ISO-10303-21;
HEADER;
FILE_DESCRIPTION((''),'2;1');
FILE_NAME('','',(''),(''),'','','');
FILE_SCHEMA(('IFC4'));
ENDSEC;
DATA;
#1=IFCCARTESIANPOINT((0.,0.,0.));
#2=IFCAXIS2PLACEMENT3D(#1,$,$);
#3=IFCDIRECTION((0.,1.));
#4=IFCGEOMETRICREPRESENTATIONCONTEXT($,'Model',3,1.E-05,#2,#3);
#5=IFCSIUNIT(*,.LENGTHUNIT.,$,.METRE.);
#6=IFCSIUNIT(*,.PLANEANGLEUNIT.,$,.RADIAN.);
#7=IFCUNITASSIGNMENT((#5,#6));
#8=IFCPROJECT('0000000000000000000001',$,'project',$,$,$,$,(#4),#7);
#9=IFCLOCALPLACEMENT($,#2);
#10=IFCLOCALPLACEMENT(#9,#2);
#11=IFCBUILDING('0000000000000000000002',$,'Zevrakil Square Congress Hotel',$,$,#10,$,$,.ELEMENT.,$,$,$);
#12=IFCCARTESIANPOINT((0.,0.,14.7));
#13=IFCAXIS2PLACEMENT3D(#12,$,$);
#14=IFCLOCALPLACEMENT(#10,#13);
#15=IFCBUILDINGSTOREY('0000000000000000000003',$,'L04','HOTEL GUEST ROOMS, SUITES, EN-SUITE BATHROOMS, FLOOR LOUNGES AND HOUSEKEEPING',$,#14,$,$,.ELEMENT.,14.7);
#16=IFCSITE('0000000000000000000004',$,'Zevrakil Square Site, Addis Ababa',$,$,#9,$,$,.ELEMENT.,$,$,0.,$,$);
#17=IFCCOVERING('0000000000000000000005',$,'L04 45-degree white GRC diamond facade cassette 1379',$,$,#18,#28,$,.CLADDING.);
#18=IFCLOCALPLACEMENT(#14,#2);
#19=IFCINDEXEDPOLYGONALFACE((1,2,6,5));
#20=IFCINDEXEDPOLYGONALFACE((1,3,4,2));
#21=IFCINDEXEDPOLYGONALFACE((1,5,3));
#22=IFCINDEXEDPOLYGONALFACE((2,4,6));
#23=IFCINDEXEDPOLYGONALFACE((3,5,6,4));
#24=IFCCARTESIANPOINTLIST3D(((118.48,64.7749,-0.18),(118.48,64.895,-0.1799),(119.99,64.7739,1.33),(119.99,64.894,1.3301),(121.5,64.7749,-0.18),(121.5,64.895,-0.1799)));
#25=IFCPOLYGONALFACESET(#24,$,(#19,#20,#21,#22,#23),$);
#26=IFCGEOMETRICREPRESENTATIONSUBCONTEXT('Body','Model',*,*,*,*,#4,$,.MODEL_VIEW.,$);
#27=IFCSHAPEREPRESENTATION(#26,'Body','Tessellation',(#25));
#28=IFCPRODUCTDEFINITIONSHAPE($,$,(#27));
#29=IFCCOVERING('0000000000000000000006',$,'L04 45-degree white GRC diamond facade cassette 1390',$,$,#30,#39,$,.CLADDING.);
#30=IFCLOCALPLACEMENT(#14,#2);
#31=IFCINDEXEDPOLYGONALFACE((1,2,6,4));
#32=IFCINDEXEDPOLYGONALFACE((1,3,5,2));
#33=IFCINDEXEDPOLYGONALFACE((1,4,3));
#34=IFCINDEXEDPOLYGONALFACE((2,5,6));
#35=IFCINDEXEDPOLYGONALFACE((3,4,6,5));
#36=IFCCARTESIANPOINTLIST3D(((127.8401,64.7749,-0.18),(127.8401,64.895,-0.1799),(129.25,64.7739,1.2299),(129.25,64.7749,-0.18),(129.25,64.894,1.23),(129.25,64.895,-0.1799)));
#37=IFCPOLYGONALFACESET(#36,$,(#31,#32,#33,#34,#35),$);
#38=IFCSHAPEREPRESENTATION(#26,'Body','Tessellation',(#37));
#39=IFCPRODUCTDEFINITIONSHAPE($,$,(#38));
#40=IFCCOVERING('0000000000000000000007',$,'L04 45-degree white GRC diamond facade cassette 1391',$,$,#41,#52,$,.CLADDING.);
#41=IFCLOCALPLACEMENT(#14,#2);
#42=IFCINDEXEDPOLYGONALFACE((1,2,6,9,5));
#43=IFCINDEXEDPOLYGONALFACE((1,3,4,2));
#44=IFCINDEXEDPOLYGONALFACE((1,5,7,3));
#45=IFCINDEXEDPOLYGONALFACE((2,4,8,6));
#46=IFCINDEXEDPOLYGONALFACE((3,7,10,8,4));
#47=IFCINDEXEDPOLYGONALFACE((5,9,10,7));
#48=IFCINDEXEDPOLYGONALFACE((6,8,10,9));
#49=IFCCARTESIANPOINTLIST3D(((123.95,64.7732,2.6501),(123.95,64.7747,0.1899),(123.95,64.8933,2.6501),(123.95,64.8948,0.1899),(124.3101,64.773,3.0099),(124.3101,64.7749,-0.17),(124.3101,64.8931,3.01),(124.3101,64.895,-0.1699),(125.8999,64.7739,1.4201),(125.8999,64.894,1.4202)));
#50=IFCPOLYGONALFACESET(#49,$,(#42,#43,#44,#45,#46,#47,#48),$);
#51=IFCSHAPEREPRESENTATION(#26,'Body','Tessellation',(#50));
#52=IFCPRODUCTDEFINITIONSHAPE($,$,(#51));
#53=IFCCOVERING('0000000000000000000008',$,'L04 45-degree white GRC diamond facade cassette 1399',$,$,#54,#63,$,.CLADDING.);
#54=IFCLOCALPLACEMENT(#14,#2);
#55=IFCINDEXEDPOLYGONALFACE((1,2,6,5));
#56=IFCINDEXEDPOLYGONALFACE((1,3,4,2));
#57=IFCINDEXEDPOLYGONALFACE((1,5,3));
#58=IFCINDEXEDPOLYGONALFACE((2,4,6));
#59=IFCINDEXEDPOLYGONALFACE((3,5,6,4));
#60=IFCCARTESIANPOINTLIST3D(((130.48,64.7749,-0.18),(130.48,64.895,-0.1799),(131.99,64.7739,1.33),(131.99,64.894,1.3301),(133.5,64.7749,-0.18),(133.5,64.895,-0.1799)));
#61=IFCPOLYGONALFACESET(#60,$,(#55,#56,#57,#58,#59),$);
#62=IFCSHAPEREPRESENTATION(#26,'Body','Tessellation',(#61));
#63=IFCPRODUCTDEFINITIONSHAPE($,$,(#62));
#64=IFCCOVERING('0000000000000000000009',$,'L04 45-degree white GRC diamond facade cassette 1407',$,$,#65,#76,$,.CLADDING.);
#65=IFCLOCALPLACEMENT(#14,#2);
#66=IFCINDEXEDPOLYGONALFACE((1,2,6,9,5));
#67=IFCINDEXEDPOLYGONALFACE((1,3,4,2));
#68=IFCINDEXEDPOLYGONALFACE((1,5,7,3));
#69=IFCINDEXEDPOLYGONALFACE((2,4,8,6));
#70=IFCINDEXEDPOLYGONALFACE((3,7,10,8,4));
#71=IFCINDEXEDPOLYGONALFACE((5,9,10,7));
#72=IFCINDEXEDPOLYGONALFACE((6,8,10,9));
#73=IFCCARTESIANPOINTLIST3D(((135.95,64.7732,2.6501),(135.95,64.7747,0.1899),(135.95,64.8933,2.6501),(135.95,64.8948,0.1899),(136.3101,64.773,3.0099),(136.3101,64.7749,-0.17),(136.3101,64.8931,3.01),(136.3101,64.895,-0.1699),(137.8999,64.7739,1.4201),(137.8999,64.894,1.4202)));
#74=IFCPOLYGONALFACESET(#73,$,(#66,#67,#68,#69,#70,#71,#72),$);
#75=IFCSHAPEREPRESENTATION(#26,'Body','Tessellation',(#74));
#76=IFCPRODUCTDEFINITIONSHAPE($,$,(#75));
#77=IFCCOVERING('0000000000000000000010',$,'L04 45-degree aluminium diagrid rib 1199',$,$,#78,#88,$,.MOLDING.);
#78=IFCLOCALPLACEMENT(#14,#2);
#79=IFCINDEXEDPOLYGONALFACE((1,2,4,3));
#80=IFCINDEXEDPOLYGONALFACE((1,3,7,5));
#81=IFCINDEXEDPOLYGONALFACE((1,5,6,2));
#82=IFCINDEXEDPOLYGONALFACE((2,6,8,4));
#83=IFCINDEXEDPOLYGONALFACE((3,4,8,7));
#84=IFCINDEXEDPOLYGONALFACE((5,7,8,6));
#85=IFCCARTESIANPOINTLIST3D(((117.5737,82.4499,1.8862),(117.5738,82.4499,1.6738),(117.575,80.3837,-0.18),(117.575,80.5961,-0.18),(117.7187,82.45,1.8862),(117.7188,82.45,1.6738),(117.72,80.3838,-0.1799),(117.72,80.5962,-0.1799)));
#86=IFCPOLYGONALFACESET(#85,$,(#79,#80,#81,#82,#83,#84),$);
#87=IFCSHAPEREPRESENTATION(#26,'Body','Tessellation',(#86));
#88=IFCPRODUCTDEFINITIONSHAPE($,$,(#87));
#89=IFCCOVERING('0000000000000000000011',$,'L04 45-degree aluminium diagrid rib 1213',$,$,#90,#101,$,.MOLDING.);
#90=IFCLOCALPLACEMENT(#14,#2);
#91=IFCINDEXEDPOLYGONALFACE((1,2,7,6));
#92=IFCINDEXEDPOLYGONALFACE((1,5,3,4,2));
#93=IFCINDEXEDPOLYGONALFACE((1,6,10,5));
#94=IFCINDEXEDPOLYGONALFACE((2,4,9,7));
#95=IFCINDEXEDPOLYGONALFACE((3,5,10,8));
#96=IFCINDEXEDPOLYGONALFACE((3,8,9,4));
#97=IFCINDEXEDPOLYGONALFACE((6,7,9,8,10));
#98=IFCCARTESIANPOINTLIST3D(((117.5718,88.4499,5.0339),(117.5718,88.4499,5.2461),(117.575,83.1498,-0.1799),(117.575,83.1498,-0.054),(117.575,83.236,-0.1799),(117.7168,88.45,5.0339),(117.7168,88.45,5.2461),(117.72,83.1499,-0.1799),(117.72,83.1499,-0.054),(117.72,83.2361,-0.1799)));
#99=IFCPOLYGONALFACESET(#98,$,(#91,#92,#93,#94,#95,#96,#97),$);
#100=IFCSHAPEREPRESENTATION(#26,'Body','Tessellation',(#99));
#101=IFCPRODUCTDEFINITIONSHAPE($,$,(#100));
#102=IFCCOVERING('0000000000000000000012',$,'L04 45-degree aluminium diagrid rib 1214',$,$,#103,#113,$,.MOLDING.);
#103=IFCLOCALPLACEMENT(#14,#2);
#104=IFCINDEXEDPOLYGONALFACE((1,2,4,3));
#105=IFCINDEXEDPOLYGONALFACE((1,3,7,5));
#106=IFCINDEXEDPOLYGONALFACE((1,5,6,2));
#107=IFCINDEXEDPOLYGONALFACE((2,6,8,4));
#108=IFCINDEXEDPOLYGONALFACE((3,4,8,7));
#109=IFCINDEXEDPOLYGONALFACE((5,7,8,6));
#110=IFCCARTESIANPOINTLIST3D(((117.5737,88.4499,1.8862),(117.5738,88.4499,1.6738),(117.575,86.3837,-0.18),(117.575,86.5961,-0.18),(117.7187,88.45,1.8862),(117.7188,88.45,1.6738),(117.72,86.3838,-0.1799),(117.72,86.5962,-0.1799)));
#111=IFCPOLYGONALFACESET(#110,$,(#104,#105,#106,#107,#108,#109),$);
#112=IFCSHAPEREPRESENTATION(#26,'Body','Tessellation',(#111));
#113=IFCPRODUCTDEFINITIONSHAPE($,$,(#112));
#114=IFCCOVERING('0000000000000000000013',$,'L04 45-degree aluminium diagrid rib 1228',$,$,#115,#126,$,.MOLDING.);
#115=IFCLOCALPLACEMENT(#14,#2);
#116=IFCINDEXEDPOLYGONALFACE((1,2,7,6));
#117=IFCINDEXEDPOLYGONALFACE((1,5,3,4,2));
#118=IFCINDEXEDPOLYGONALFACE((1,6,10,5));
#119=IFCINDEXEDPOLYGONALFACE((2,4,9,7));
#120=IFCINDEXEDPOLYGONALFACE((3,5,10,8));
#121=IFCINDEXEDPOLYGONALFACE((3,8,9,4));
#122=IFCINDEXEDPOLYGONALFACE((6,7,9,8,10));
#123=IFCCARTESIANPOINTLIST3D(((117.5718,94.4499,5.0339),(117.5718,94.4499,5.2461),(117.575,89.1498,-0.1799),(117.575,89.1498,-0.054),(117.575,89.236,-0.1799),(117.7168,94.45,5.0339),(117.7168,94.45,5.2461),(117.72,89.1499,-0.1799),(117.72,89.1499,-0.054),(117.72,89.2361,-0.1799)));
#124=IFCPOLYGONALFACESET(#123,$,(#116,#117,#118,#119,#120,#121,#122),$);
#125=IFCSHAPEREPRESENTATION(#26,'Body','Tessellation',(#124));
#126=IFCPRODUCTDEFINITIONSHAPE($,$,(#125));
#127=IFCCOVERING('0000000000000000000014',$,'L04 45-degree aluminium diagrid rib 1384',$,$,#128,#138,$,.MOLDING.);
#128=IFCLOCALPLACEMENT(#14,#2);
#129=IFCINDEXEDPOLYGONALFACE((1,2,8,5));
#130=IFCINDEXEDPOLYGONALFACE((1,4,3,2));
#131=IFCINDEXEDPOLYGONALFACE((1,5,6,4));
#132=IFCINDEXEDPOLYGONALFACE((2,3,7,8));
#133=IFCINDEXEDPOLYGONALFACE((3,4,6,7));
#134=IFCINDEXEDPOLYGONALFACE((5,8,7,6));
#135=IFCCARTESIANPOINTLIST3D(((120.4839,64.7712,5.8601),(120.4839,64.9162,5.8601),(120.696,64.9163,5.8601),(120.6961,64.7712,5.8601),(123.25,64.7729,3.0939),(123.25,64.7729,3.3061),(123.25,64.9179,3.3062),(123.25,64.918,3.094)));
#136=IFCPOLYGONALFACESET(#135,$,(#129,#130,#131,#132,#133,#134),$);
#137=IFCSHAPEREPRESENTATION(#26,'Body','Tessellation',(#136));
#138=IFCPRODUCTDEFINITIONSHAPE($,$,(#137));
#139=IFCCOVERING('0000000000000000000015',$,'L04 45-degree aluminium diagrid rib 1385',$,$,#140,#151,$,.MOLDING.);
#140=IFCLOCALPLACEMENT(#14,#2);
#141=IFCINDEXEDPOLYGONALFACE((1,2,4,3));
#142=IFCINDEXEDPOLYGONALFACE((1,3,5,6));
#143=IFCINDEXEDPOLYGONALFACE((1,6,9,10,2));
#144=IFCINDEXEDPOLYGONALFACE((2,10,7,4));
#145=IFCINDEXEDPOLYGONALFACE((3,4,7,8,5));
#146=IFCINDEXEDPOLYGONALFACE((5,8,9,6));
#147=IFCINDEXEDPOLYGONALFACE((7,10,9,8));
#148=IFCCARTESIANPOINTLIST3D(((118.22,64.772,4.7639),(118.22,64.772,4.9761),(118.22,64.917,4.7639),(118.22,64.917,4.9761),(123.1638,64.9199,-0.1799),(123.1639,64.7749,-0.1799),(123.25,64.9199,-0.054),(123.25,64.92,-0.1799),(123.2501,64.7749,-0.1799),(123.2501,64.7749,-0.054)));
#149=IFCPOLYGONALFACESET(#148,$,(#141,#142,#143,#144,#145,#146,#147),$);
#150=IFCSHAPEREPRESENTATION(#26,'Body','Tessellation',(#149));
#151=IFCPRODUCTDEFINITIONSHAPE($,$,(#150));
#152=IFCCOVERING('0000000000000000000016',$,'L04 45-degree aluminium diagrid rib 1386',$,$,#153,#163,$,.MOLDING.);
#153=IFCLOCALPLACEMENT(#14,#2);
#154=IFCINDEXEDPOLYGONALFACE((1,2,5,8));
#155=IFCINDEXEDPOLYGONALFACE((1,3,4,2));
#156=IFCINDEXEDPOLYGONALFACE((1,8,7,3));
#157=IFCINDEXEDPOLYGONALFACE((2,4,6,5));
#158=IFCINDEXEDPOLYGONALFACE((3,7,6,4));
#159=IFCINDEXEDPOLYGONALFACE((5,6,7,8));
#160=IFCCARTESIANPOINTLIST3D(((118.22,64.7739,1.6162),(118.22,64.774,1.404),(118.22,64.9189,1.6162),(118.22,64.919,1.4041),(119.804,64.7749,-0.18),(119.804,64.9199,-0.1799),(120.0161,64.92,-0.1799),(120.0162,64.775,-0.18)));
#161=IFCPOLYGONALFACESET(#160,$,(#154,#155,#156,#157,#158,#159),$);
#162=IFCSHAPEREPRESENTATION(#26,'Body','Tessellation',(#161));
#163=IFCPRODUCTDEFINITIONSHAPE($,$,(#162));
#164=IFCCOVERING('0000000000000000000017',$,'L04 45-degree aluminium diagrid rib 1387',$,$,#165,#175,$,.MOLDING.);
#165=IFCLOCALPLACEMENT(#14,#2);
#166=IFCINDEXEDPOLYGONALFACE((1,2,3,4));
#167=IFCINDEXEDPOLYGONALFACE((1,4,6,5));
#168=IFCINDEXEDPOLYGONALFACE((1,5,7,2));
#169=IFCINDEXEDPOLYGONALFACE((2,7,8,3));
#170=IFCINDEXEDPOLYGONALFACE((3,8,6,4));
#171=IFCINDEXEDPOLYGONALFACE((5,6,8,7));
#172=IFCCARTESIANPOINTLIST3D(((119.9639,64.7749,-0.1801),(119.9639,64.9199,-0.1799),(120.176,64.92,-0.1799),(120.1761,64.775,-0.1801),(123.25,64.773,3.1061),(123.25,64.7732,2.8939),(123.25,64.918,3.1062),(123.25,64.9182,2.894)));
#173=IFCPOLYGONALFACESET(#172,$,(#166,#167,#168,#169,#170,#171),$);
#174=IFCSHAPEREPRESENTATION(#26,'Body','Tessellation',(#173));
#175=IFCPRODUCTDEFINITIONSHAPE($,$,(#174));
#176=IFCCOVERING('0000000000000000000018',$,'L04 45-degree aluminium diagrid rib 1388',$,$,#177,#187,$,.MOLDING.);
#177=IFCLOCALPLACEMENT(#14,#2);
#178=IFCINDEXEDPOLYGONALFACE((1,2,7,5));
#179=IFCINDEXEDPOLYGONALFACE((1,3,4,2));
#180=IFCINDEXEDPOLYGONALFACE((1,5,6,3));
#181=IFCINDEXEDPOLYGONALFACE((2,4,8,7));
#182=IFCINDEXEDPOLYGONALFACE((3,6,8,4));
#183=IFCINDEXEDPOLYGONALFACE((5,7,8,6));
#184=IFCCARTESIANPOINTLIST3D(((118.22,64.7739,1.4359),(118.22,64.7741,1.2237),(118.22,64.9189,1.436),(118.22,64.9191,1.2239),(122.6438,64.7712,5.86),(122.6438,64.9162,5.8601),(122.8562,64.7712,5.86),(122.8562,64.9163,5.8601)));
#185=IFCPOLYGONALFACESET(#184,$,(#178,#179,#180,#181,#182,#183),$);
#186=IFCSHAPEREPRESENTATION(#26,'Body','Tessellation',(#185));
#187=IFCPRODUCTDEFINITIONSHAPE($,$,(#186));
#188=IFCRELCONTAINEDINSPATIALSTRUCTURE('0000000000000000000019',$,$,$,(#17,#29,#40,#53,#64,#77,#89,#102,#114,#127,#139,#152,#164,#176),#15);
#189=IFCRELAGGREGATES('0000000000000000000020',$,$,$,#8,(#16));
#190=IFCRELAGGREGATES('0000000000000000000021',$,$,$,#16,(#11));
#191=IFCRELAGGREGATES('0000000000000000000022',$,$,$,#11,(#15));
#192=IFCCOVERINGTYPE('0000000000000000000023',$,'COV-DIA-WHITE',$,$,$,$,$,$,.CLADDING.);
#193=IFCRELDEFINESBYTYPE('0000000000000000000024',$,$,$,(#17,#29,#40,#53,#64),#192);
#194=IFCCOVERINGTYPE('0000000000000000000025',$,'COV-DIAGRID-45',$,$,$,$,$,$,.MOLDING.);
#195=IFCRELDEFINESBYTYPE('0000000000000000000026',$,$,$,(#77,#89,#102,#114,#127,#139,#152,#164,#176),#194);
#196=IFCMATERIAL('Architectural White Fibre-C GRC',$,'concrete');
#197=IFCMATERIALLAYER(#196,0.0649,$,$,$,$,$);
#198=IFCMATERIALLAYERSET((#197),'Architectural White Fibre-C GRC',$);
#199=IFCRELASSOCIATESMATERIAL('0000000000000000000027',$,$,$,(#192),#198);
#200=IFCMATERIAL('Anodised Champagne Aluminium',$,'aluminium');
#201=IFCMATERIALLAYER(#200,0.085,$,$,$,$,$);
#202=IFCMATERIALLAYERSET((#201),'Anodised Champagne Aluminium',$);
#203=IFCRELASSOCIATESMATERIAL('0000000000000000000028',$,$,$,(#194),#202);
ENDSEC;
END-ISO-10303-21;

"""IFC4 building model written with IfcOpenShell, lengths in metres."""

from ifc_helpers import new_model, si_unit, direction, frame, origin, place, context, subcontext, project, spatial, polyline, outline, extrude, material, layer, layer_set, type_object, element, save


model = new_model("IFC4")

# Units and contexts
model_context = context("Model", 3, precision=1e-05, world=origin(), true_north=direction((0.0, 1.0)))
body_context = subcontext(model_context, "Body", "Model", "MODEL_VIEW")
ifc_project = project(units=[si_unit("LENGTHUNIT", "METRE"), si_unit("PLANEANGLEUNIT", "RADIAN")], contexts=[model_context])

# Site, building, storey
site_placement = place(None, origin())
site = spatial("IfcSite", under=ifc_project, at=site_placement, Name="Zevrakil Square Site, Addis Ababa", CompositionType="ELEMENT", RefElevation=0.0)
building_placement = place(site_placement, origin())
building = spatial("IfcBuilding", under=site, at=building_placement, Name="Zevrakil Square Congress Hotel", CompositionType="ELEMENT")
storey_placement = place(building_placement, frame((0.0, 0.0, 14.7)))
storey = spatial("IfcBuildingStorey", under=building, at=storey_placement, Name="L04", Description="HOTEL GUEST ROOMS, SUITES, EN-SUITE BATHROOMS, FLOOR LOUNGES AND HOUSEKEEPING", CompositionType="ELEMENT", Elevation=14.7)

# Coverings
ifc_material_1 = material(Name="Architectural White Fibre-C GRC", Category="concrete")
ifc_layer_1 = layer(ifc_material_1, 0.0649)
ifc_layer_set_1 = layer_set([ifc_layer_1], Name="Architectural White Fibre-C GRC")
covering_type_1 = type_object("IfcCoveringType", Name="COV-DIA-WHITE", PredefinedType="CLADDING", material=ifc_layer_set_1)
covering_1_placement = place(storey_placement, frame((119.99, 64.894, 1.3301), z_axis=(0.0, 1.0, 0.000647), x_axis=(-0.707107, 0.000457, -0.707107)))
element("IfcCovering", 1, at=covering_1_placement, inside=storey, type_object=covering_type_1, Name="L04 45-degree white GRC diamond facade cassette 1379", PredefinedType="CLADDING", context=body_context, shape_type="SweptSolid", body=[
    extrude(outline(polyline([(0.0, 0.0), (2.1355, 0.0), (0.0, -2.1355), (0.0, 0.0)])), origin(), (0.0, 0.0, -1.0), 0.1201),
])
covering_2_placement = place(storey_placement, frame((127.8401, 64.895, -0.1799), z_axis=(0.0, 1.0, 0.000693), x_axis=(1.0, 0.0, 0.0)))
element("IfcCovering", 2, at=covering_2_placement, inside=storey, type_object=covering_type_1, Name="L04 45-degree white GRC diamond facade cassette 1390", PredefinedType="CLADDING", context=body_context, shape_type="SweptSolid", body=[
    extrude(outline(polyline([(0.0, 0.0), (1.4099, 0.0), (1.4099, -1.4099), (0.0, 0.0)])), origin(), (0.0, 0.0, -1.0), 0.1201),
])
covering_3_placement = place(storey_placement, frame((124.3101, 64.895, -0.1699), z_axis=(0.0, 1.0, 0.000612), x_axis=(0.707052, -0.000433, 0.707161)))
element("IfcCovering", 3, at=covering_3_placement, inside=storey, type_object=covering_type_1, Name="L04 45-degree white GRC diamond facade cassette 1391", PredefinedType="CLADDING", context=body_context, shape_type="SweptSolid", body=[
    extrude(outline(polyline([(0.0, 0.0), (2.2486, 0.0), (2.2487, -2.2484), (1.7396, -2.2486), (-0.0001, -0.5091), (0.0, 0.0)])), origin(), (0.0, 0.0, -1.0), 0.1201),
])
covering_4_placement = place(storey_placement, frame((131.99, 64.894, 1.3301), z_axis=(0.0, 1.0, 0.000647), x_axis=(-0.707107, 0.000457, -0.707107)))
element("IfcCovering", 4, at=covering_4_placement, inside=storey, type_object=covering_type_1, Name="L04 45-degree white GRC diamond facade cassette 1399", PredefinedType="CLADDING", context=body_context, shape_type="SweptSolid", body=[
    extrude(outline(polyline([(0.0, 0.0), (2.1355, 0.0), (0.0, -2.1355), (0.0, 0.0)])), origin(), (0.0, 0.0, -1.0), 0.1201),
])
covering_5_placement = place(storey_placement, frame((136.3101, 64.895, -0.1699), z_axis=(0.0, 1.0, 0.000612), x_axis=(0.707052, -0.000433, 0.707161)))
element("IfcCovering", 5, at=covering_5_placement, inside=storey, type_object=covering_type_1, Name="L04 45-degree white GRC diamond facade cassette 1407", PredefinedType="CLADDING", context=body_context, shape_type="SweptSolid", body=[
    extrude(outline(polyline([(0.0, 0.0), (2.2486, 0.0), (2.2487, -2.2484), (1.7396, -2.2486), (-0.0001, -0.5091), (0.0, 0.0)])), origin(), (0.0, 0.0, -1.0), 0.1201),
])
ifc_material_2 = material(Name="Anodised Champagne Aluminium", Category="aluminium")
ifc_layer_2 = layer(ifc_material_2, 0.085)
ifc_layer_set_2 = layer_set([ifc_layer_2], Name="Anodised Champagne Aluminium")
covering_type_2 = type_object("IfcCoveringType", Name="COV-DIAGRID-45", PredefinedType="MOLDING", material=ifc_layer_set_2)
covering_6_placement = place(storey_placement, frame((117.72, 80.5962, -0.1799), z_axis=(1.0, 0.000311, 0.000311), x_axis=(0.000311, -1.0, 0.0)))
element("IfcCovering", 6, at=covering_6_placement, inside=storey, type_object=covering_type_2, Name="L04 45-degree aluminium diagrid rib 1199", PredefinedType="MOLDING", context=body_context, shape_type="SweptSolid", body=[
    extrude(outline(polyline([(0.0, 0.0), (0.2124, 0.0), (-1.8538, -2.0662), (-1.8538, -1.8538), (0.0, 0.0)])), origin(), (0.0, 0.0, -1.0), 0.145),
])
covering_7_placement = place(storey_placement, frame((117.72, 83.2361, -0.1799), z_axis=(1.0, 0.000479, 0.000122), x_axis=(0.000479, -1.0, 0.0)))
element("IfcCovering", 7, at=covering_7_placement, inside=storey, type_object=covering_type_2, Name="L04 45-degree aluminium diagrid rib 1213", PredefinedType="MOLDING", context=body_context, shape_type="SweptSolid", body=[
    extrude(outline(polyline([(0.0, 0.0), (0.0862, 0.0), (0.0862, -0.126), (-5.2139, -5.426), (-5.2139, -5.2139), (0.0, 0.0)])), origin(), (0.0, 0.0, -1.0), 0.145),
])
covering_8_placement = place(storey_placement, frame((117.72, 86.5962, -0.1799), z_axis=(1.0, 0.000311, 0.000311), x_axis=(0.000311, -1.0, 0.0)))
element("IfcCovering", 8, at=covering_8_placement, inside=storey, type_object=covering_type_2, Name="L04 45-degree aluminium diagrid rib 1214", PredefinedType="MOLDING", context=body_context, shape_type="SweptSolid", body=[
    extrude(outline(polyline([(0.0, 0.0), (0.2124, 0.0), (-1.8538, -2.0662), (-1.8538, -1.8538), (0.0, 0.0)])), origin(), (0.0, 0.0, -1.0), 0.145),
])
covering_9_placement = place(storey_placement, frame((117.72, 89.2361, -0.1799), z_axis=(1.0, 0.000479, 0.000122), x_axis=(0.000479, -1.0, 0.0)))
element("IfcCovering", 9, at=covering_9_placement, inside=storey, type_object=covering_type_2, Name="L04 45-degree aluminium diagrid rib 1228", PredefinedType="MOLDING", context=body_context, shape_type="SweptSolid", body=[
    extrude(outline(polyline([(0.0, 0.0), (0.0862, 0.0), (0.0862, -0.126), (-5.2139, -5.426), (-5.2139, -5.2139), (0.0, 0.0)])), origin(), (0.0, 0.0, -1.0), 0.145),
])
covering_10_placement = place(storey_placement, frame((123.25, 64.918, 3.094), z_axis=(-0.000321, 1.0, 0.000321), x_axis=(0.0, -0.000321, 1.0)))
element("IfcCovering", 10, at=covering_10_placement, inside=storey, type_object=covering_type_2, Name="L04 45-degree aluminium diagrid rib 1384", PredefinedType="MOLDING", context=body_context, shape_type="SweptSolid", body=[
    extrude(outline(polyline([(0.0, 0.0), (0.2122, 0.0), (2.7661, -2.554), (2.7661, -2.7661), (0.0, 0.0)])), origin(), (0.0, 0.0, -1.0), 0.145),
])
covering_11_placement = place(storey_placement, frame((123.1638, 64.9199, -0.1799), z_axis=(-0.000466, 1.0, 0.000119), x_axis=(1.0, 0.000466, 0.0)))
element("IfcCovering", 11, at=covering_11_placement, inside=storey, type_object=covering_type_2, Name="L04 45-degree aluminium diagrid rib 1385", PredefinedType="MOLDING", context=body_context, shape_type="SweptSolid", body=[
    extrude(outline(polyline([(0.0, 0.0), (0.0862, 0.0), (0.0862, -0.126), (-4.9438, -5.156), (-4.9438, -4.9438), (0.0, 0.0)])), origin(), (0.0, 0.0, -1.0), 0.145),
])
covering_12_placement = place(storey_placement, frame((119.804, 64.9199, -0.1799), z_axis=(-0.000289, 1.0, 0.000289), x_axis=(1.0, 0.000289, 0.0)))
element("IfcCovering", 12, at=covering_12_placement, inside=storey, type_object=covering_type_2, Name="L04 45-degree aluminium diagrid rib 1386", PredefinedType="MOLDING", context=body_context, shape_type="SweptSolid", body=[
    extrude(outline(polyline([(0.0, 0.0), (0.2122, 0.0), (-1.584, -1.7961), (-1.584, -1.584), (0.0, 0.0)])), origin(), (0.0, 0.0, -1.0), 0.145),
])
covering_13_placement = place(storey_placement, frame((123.25, 64.9182, 2.894), z_axis=(-0.000287, 1.0, 0.000863), x_axis=(0.0, -0.000863, 1.0)))
element("IfcCovering", 13, at=covering_13_placement, inside=storey, type_object=covering_type_2, Name="L04 45-degree aluminium diagrid rib 1387", PredefinedType="MOLDING", context=body_context, shape_type="SweptSolid", body=[
    extrude(outline(polyline([(0.0, 0.0), (0.2122, 0.0), (-3.074, -3.2861), (-3.074, -3.074), (0.0, 0.0)])), origin(), (0.0, 0.0, -1.0), 0.145),
])
covering_14_placement = place(storey_placement, frame((122.8562, 64.9163, 5.8601), z_axis=(-0.000265, 1.0, 0.000885), x_axis=(-1.0, -0.000265, 0.0)))
element("IfcCovering", 14, at=covering_14_placement, inside=storey, type_object=covering_type_2, Name="L04 45-degree aluminium diagrid rib 1388", PredefinedType="MOLDING", context=body_context, shape_type="SweptSolid", body=[
    extrude(outline(polyline([(0.0, 0.0), (0.2124, 0.0), (4.6362, -4.4241), (4.6362, -4.6362), (0.0, 0.0)])), origin(), (0.0, 0.0, -1.0), 0.145),
])

save(model, "model.ifc")
